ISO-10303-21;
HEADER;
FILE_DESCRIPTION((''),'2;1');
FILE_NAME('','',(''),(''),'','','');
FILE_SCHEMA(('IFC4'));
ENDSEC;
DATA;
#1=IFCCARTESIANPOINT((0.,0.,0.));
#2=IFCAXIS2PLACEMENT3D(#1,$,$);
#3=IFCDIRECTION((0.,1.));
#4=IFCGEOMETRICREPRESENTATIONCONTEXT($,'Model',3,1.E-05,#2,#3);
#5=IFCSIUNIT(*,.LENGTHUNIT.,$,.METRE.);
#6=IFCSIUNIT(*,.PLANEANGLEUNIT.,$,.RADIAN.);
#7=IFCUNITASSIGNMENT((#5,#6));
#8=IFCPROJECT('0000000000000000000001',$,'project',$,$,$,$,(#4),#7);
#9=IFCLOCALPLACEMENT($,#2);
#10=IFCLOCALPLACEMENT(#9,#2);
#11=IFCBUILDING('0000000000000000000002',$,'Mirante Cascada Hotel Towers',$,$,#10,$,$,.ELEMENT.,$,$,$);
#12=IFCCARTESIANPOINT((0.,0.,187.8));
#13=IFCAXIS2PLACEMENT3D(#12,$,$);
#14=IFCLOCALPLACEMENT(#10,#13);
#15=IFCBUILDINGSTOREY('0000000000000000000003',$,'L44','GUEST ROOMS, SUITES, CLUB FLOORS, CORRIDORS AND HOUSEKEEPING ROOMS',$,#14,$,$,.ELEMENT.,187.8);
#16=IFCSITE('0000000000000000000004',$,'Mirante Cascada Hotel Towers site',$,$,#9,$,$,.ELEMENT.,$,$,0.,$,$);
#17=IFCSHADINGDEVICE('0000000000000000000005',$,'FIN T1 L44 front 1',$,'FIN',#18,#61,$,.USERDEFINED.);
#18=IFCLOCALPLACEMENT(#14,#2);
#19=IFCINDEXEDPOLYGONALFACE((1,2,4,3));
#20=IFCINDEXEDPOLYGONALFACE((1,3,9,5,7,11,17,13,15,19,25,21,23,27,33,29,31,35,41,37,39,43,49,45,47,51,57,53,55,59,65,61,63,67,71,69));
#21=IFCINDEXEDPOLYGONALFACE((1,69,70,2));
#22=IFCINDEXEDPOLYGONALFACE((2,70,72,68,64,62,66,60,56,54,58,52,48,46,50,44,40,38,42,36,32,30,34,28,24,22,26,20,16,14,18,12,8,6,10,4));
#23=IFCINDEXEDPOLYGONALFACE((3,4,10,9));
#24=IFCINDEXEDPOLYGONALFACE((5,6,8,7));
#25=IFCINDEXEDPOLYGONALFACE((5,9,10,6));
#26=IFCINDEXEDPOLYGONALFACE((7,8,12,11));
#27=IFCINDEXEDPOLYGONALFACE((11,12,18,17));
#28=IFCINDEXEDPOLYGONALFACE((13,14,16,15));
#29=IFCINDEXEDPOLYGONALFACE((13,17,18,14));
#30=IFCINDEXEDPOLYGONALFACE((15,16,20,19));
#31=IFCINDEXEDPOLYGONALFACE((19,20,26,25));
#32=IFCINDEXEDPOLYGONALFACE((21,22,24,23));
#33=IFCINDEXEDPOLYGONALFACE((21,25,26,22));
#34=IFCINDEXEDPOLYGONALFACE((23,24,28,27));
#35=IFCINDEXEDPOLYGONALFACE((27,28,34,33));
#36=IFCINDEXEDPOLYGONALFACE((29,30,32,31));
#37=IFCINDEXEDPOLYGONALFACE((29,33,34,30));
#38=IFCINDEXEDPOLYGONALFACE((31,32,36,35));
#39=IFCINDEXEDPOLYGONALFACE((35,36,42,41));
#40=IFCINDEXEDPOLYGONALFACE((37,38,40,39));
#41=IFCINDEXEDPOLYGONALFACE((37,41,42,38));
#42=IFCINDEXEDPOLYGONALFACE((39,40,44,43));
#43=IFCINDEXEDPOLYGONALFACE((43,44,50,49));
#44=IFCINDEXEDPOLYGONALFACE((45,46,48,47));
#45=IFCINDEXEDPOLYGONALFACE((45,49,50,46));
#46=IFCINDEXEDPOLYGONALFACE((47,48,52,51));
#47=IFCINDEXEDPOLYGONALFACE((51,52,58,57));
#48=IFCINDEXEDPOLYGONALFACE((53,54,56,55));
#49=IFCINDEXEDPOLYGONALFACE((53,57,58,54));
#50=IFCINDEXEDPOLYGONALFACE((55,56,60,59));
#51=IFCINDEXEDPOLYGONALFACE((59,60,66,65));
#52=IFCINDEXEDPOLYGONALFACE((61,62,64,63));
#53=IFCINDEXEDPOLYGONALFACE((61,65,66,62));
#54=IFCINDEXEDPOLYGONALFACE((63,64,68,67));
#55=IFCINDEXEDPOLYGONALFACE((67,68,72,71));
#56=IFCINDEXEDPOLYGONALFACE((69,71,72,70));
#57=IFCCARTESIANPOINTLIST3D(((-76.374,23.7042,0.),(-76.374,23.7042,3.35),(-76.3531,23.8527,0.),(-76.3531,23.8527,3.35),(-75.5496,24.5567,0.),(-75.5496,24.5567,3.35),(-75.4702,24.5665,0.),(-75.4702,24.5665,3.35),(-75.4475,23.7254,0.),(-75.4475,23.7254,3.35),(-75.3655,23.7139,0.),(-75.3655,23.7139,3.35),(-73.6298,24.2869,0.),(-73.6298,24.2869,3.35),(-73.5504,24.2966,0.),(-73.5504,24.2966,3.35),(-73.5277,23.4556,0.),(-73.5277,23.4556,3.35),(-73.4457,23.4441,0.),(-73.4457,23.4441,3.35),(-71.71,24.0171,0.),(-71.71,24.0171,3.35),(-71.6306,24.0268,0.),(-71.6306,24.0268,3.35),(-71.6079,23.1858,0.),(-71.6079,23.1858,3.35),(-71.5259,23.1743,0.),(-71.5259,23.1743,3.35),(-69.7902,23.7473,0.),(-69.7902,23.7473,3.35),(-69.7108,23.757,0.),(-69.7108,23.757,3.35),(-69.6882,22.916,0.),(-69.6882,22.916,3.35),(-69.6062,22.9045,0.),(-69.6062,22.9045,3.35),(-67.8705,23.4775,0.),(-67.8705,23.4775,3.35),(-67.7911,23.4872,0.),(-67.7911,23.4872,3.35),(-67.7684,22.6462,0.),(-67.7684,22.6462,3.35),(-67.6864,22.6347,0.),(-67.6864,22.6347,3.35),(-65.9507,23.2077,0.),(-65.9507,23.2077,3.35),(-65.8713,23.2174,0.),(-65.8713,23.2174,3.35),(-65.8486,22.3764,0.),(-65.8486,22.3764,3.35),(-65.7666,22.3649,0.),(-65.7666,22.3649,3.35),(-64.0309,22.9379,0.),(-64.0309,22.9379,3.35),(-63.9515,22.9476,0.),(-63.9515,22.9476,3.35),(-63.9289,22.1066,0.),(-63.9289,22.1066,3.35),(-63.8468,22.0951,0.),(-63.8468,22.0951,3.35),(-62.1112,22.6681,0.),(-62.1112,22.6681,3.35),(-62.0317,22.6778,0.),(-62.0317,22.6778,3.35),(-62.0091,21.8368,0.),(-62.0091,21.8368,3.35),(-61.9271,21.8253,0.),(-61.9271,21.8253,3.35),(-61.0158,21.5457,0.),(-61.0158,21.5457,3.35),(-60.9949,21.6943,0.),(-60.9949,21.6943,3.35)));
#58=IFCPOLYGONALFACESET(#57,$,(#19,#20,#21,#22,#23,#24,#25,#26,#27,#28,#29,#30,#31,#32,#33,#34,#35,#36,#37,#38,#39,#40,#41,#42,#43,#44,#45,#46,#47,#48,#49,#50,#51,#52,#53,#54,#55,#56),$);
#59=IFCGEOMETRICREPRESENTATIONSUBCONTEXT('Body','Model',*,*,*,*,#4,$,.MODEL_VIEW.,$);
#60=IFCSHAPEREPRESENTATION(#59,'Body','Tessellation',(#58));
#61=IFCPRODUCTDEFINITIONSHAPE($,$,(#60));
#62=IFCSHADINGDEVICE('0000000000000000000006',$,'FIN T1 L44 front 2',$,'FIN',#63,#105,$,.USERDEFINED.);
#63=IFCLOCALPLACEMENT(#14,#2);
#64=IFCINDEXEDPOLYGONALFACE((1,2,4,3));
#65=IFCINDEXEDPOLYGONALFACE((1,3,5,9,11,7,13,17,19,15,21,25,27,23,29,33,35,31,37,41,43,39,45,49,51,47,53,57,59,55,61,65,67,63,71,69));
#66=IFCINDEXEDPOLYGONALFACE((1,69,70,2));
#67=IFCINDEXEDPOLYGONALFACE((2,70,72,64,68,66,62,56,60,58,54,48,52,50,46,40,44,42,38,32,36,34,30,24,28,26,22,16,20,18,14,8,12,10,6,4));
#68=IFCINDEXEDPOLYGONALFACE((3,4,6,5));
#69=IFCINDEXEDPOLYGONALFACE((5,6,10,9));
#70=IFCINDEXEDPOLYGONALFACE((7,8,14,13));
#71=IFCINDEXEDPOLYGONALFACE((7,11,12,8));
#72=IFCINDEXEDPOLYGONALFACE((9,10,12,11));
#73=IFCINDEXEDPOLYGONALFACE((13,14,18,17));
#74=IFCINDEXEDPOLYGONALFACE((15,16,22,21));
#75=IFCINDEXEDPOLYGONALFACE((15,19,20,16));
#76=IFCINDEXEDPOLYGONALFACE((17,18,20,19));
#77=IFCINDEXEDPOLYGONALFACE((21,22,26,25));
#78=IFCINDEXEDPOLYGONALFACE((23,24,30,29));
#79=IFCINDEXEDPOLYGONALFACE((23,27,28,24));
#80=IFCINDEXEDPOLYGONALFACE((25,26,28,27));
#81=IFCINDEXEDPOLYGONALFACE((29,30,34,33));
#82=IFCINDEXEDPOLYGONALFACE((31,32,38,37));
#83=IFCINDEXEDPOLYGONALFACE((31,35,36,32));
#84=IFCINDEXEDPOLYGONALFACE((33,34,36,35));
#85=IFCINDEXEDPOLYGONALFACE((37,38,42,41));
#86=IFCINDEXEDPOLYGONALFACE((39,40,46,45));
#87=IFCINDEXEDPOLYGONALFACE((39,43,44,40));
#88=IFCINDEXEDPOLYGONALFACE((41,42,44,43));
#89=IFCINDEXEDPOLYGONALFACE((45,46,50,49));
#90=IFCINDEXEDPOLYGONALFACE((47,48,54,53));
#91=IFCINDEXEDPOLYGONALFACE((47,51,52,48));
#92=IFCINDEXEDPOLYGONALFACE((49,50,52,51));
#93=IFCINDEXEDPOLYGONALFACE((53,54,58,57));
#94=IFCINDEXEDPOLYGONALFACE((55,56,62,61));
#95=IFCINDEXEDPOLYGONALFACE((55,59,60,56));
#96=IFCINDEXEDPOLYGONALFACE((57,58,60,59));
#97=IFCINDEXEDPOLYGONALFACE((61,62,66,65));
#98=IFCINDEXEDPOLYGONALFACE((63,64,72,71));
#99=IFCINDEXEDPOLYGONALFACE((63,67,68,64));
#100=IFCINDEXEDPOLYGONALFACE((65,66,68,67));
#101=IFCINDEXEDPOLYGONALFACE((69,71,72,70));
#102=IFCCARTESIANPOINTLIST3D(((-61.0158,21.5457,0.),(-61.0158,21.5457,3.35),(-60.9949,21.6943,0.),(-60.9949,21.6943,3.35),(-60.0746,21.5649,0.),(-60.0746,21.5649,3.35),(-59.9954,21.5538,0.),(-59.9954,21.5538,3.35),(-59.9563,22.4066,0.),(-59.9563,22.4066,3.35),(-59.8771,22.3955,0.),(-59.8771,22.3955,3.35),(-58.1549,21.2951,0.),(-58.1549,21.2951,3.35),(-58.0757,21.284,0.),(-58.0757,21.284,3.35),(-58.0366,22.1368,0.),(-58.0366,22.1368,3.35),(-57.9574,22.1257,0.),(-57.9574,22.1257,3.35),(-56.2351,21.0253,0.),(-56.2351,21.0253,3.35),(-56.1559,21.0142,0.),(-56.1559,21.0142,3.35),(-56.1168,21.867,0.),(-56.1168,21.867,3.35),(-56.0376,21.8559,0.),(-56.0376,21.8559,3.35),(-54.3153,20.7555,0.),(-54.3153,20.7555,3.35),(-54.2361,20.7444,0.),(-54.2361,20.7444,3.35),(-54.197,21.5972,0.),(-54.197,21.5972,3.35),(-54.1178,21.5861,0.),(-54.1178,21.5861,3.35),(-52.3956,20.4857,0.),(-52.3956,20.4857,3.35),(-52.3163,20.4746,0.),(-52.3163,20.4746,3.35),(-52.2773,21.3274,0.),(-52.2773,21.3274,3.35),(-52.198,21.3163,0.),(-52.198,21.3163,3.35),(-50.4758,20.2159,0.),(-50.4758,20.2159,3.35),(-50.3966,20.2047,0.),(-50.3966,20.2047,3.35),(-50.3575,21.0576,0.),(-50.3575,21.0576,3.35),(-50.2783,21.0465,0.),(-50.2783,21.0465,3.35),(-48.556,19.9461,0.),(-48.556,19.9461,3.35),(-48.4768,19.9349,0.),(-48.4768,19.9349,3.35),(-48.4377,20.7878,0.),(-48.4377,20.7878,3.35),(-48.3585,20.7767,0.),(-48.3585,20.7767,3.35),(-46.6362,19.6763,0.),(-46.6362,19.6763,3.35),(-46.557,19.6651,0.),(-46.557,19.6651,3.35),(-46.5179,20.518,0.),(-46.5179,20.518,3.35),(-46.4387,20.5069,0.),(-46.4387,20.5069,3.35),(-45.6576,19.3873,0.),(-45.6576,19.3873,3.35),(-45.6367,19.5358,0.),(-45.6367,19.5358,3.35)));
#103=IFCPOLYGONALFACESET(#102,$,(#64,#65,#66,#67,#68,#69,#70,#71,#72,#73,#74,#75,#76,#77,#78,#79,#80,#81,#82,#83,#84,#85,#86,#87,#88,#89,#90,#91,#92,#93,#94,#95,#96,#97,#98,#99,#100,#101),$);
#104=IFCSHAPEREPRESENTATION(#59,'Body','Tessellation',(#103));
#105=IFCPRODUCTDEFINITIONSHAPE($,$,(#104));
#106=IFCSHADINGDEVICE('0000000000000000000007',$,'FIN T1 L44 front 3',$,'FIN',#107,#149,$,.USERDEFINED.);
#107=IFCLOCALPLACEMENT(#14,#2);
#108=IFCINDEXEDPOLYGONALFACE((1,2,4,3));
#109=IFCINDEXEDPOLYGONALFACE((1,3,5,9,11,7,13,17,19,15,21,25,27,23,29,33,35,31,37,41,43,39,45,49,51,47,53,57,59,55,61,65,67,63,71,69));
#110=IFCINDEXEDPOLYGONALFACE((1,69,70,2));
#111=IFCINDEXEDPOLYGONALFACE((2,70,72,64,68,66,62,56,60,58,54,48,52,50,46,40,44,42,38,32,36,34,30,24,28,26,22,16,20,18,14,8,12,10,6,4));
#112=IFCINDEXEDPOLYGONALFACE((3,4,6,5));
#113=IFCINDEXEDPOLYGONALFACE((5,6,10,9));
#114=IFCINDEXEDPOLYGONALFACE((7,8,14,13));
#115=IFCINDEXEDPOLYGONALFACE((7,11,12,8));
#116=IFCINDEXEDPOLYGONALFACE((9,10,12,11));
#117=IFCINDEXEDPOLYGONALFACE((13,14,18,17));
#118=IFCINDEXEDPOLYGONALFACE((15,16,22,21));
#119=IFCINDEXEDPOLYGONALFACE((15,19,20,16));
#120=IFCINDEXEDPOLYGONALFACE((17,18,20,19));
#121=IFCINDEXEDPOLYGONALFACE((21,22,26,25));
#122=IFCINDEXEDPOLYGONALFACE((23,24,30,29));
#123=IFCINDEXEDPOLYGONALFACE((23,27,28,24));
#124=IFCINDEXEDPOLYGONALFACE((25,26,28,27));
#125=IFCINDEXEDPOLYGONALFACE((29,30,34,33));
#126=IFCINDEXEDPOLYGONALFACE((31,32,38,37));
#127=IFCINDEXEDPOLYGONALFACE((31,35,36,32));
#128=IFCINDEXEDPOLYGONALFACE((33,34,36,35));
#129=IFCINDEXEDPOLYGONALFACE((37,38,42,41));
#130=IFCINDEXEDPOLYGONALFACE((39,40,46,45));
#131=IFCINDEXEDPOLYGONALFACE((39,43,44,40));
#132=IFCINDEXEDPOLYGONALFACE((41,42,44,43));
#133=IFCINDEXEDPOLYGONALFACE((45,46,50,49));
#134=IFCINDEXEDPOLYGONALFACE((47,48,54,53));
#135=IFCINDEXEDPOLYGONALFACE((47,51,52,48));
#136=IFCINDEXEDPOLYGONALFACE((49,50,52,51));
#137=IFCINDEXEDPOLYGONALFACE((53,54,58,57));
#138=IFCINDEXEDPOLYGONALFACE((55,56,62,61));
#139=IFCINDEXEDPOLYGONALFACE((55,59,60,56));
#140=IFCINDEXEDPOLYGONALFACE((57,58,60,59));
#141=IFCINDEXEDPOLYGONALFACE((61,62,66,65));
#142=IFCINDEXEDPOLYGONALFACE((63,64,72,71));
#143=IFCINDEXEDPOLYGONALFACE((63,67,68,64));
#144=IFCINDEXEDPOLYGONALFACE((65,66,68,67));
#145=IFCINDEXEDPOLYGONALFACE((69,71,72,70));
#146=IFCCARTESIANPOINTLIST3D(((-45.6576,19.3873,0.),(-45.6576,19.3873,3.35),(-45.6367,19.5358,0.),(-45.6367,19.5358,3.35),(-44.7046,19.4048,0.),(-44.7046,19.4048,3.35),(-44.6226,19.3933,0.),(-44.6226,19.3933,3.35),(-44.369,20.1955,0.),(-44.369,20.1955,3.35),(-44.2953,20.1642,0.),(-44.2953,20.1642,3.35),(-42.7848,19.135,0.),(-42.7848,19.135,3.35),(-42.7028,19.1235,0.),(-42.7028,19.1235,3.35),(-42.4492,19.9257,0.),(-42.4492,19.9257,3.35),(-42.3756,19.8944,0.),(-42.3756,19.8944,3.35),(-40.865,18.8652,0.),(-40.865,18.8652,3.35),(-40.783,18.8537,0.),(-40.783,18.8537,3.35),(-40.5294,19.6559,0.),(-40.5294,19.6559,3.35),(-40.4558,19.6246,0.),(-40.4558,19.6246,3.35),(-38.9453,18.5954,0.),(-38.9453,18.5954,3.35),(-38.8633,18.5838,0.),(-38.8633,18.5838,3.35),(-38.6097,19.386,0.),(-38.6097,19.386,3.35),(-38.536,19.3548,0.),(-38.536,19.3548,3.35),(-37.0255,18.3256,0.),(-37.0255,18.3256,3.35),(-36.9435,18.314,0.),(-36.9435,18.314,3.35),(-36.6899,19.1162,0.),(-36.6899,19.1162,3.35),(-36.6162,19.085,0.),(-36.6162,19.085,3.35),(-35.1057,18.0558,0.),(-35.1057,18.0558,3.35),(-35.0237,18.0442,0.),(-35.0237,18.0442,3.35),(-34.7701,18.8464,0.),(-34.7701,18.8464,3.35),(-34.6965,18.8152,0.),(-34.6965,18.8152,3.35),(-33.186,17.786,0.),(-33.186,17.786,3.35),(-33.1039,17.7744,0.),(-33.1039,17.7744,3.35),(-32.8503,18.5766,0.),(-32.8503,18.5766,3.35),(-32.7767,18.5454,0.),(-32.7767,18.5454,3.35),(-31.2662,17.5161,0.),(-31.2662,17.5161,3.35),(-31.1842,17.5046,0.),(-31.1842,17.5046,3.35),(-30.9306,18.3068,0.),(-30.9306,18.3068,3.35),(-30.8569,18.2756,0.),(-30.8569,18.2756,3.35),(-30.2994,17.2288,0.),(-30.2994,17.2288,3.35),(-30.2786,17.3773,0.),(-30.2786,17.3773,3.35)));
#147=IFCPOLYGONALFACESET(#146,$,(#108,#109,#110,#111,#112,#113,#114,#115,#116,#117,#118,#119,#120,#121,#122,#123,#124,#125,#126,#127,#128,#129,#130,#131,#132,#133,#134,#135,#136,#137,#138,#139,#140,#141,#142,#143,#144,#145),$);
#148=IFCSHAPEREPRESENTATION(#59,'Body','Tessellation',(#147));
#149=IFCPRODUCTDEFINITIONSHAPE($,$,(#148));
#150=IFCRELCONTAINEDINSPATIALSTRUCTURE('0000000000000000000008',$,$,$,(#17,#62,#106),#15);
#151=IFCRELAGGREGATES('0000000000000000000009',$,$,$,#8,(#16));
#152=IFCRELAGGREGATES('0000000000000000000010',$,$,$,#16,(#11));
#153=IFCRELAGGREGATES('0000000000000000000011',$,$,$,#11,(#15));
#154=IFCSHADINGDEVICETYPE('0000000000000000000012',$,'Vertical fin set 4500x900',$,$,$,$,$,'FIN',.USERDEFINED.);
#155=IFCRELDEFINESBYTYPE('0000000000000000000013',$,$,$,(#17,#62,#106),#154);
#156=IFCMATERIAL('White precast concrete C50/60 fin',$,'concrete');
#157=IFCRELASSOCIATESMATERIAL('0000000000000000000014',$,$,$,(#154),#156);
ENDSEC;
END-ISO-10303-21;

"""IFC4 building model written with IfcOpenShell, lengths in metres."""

from ifc_helpers import new_model, si_unit, direction, frame, origin, place, context, subcontext, project, spatial, polyline, outline, extrude, material, type_object, element, save


model = new_model("IFC4")

# Units and contexts
model_context = context("Model", 3, precision=1e-05, world=origin(), true_north=direction((0.0, 1.0)))
body_context = subcontext(model_context, "Body", "Model", "MODEL_VIEW")
ifc_project = project(units=[si_unit("LENGTHUNIT", "METRE"), si_unit("PLANEANGLEUNIT", "RADIAN")], contexts=[model_context])

# Site, building, storey
site_placement = place(None, origin())
site = spatial("IfcSite", under=ifc_project, at=site_placement, Name="Mirante Cascada Hotel Towers site", CompositionType="ELEMENT", RefElevation=0.0)
building_placement = place(site_placement, origin())
building = spatial("IfcBuilding", under=site, at=building_placement, Name="Mirante Cascada Hotel Towers", CompositionType="ELEMENT")
storey_placement = place(building_placement, frame((0.0, 0.0, 187.8)))
storey = spatial("IfcBuildingStorey", under=building, at=storey_placement, Name="L44", Description="GUEST ROOMS, SUITES, CLUB FLOORS, CORRIDORS AND HOUSEKEEPING ROOMS", CompositionType="ELEMENT", Elevation=187.8)

# Shading devices
ifc_material_1 = material(Name="White precast concrete C50/60 fin", Category="concrete")
shading_device_type = type_object("IfcShadingDeviceType", Name="Vertical fin set 4500x900", ElementType="FIN", PredefinedType="USERDEFINED", material=ifc_material_1)
shading_device_1_placement = place(storey_placement, origin())
element("IfcShadingDevice", 1, at=shading_device_1_placement, inside=storey, type_object=shading_device_type, Name="FIN T1 L44 front 1", ObjectType="FIN", PredefinedType="USERDEFINED", context=body_context, shape_type="SweptSolid", body=[
    extrude(outline(polyline([(-61.9271, 21.8253), (-60.9949, 21.6943), (-61.0158, 21.5457), (-76.374, 23.7042), (-76.3531, 23.8527), (-75.4475, 23.7254), (-75.5496, 24.5567), (-75.4702, 24.5665), (-75.3655, 23.7139), (-73.5277, 23.4556), (-73.6298, 24.2869), (-73.5504, 24.2966), (-73.4457, 23.4441), (-71.6079, 23.1858), (-71.71, 24.0171), (-71.6306, 24.0268), (-71.5259, 23.1743), (-69.6882, 22.916), (-69.7902, 23.7473), (-69.7108, 23.757), (-69.6062, 22.9045), (-67.7684, 22.6462), (-67.8705, 23.4775), (-67.7911, 23.4872), (-67.6864, 22.6347), (-65.8486, 22.3764), (-65.9507, 23.2077), (-65.8713, 23.2174), (-65.7666, 22.3649), (-63.9289, 22.1066), (-64.0309, 22.9379), (-63.9515, 22.9476), (-63.8468, 22.0951), (-62.0091, 21.8368), (-62.1112, 22.6681), (-62.0317, 22.6778), (-61.9271, 21.8253)])), origin(), (0.0, 0.0, 1.0), 3.35),
])
shading_device_2_placement = place(storey_placement, origin())
element("IfcShadingDevice", 2, at=shading_device_2_placement, inside=storey, type_object=shading_device_type, Name="FIN T1 L44 front 2", ObjectType="FIN", PredefinedType="USERDEFINED", context=body_context, shape_type="SweptSolid", body=[
    extrude(outline(polyline([(-46.557, 19.6651), (-45.6367, 19.5358), (-45.6576, 19.3873), (-61.0158, 21.5457), (-60.9949, 21.6943), (-60.0746, 21.5649), (-59.9563, 22.4066), (-59.8771, 22.3955), (-59.9954, 21.5538), (-58.1549, 21.2951), (-58.0366, 22.1368), (-57.9574, 22.1257), (-58.0757, 21.284), (-56.2351, 21.0253), (-56.1168, 21.867), (-56.0376, 21.8559), (-56.1559, 21.0142), (-54.3153, 20.7555), (-54.197, 21.5972), (-54.1178, 21.5861), (-54.2361, 20.7444), (-52.3956, 20.4857), (-52.2773, 21.3274), (-52.198, 21.3163), (-52.3163, 20.4746), (-50.4758, 20.2159), (-50.3575, 21.0576), (-50.2783, 21.0465), (-50.3966, 20.2047), (-48.556, 19.9461), (-48.4377, 20.7878), (-48.3585, 20.7767), (-48.4768, 19.9349), (-46.6362, 19.6763), (-46.5179, 20.518), (-46.4387, 20.5069), (-46.557, 19.6651)])), origin(), (0.0, 0.0, 1.0), 3.35),
])
shading_device_3_placement = place(storey_placement, origin())
element("IfcShadingDevice", 3, at=shading_device_3_placement, inside=storey, type_object=shading_device_type, Name="FIN T1 L44 front 3", ObjectType="FIN", PredefinedType="USERDEFINED", context=body_context, shape_type="SweptSolid", body=[
    extrude(outline(polyline([(-31.1842, 17.5046), (-30.2786, 17.3773), (-30.2994, 17.2288), (-45.6576, 19.3873), (-45.6367, 19.5358), (-44.7046, 19.4048), (-44.369, 20.1955), (-44.2953, 20.1642), (-44.6226, 19.3933), (-42.7848, 19.135), (-42.4492, 19.9257), (-42.3756, 19.8944), (-42.7028, 19.1235), (-40.865, 18.8652), (-40.5294, 19.6559), (-40.4558, 19.6246), (-40.783, 18.8537), (-38.9453, 18.5954), (-38.6097, 19.386), (-38.536, 19.3548), (-38.8633, 18.5838), (-37.0255, 18.3256), (-36.6899, 19.1162), (-36.6162, 19.085), (-36.9435, 18.314), (-35.1057, 18.0558), (-34.7701, 18.8464), (-34.6965, 18.8152), (-35.0237, 18.0442), (-33.186, 17.786), (-32.8503, 18.5766), (-32.7767, 18.5454), (-33.1039, 17.7744), (-31.2662, 17.5161), (-30.9306, 18.3068), (-30.8569, 18.2756), (-31.1842, 17.5046)])), origin(), (0.0, 0.0, 1.0), 3.35),
])

save(model, "model.ifc")
